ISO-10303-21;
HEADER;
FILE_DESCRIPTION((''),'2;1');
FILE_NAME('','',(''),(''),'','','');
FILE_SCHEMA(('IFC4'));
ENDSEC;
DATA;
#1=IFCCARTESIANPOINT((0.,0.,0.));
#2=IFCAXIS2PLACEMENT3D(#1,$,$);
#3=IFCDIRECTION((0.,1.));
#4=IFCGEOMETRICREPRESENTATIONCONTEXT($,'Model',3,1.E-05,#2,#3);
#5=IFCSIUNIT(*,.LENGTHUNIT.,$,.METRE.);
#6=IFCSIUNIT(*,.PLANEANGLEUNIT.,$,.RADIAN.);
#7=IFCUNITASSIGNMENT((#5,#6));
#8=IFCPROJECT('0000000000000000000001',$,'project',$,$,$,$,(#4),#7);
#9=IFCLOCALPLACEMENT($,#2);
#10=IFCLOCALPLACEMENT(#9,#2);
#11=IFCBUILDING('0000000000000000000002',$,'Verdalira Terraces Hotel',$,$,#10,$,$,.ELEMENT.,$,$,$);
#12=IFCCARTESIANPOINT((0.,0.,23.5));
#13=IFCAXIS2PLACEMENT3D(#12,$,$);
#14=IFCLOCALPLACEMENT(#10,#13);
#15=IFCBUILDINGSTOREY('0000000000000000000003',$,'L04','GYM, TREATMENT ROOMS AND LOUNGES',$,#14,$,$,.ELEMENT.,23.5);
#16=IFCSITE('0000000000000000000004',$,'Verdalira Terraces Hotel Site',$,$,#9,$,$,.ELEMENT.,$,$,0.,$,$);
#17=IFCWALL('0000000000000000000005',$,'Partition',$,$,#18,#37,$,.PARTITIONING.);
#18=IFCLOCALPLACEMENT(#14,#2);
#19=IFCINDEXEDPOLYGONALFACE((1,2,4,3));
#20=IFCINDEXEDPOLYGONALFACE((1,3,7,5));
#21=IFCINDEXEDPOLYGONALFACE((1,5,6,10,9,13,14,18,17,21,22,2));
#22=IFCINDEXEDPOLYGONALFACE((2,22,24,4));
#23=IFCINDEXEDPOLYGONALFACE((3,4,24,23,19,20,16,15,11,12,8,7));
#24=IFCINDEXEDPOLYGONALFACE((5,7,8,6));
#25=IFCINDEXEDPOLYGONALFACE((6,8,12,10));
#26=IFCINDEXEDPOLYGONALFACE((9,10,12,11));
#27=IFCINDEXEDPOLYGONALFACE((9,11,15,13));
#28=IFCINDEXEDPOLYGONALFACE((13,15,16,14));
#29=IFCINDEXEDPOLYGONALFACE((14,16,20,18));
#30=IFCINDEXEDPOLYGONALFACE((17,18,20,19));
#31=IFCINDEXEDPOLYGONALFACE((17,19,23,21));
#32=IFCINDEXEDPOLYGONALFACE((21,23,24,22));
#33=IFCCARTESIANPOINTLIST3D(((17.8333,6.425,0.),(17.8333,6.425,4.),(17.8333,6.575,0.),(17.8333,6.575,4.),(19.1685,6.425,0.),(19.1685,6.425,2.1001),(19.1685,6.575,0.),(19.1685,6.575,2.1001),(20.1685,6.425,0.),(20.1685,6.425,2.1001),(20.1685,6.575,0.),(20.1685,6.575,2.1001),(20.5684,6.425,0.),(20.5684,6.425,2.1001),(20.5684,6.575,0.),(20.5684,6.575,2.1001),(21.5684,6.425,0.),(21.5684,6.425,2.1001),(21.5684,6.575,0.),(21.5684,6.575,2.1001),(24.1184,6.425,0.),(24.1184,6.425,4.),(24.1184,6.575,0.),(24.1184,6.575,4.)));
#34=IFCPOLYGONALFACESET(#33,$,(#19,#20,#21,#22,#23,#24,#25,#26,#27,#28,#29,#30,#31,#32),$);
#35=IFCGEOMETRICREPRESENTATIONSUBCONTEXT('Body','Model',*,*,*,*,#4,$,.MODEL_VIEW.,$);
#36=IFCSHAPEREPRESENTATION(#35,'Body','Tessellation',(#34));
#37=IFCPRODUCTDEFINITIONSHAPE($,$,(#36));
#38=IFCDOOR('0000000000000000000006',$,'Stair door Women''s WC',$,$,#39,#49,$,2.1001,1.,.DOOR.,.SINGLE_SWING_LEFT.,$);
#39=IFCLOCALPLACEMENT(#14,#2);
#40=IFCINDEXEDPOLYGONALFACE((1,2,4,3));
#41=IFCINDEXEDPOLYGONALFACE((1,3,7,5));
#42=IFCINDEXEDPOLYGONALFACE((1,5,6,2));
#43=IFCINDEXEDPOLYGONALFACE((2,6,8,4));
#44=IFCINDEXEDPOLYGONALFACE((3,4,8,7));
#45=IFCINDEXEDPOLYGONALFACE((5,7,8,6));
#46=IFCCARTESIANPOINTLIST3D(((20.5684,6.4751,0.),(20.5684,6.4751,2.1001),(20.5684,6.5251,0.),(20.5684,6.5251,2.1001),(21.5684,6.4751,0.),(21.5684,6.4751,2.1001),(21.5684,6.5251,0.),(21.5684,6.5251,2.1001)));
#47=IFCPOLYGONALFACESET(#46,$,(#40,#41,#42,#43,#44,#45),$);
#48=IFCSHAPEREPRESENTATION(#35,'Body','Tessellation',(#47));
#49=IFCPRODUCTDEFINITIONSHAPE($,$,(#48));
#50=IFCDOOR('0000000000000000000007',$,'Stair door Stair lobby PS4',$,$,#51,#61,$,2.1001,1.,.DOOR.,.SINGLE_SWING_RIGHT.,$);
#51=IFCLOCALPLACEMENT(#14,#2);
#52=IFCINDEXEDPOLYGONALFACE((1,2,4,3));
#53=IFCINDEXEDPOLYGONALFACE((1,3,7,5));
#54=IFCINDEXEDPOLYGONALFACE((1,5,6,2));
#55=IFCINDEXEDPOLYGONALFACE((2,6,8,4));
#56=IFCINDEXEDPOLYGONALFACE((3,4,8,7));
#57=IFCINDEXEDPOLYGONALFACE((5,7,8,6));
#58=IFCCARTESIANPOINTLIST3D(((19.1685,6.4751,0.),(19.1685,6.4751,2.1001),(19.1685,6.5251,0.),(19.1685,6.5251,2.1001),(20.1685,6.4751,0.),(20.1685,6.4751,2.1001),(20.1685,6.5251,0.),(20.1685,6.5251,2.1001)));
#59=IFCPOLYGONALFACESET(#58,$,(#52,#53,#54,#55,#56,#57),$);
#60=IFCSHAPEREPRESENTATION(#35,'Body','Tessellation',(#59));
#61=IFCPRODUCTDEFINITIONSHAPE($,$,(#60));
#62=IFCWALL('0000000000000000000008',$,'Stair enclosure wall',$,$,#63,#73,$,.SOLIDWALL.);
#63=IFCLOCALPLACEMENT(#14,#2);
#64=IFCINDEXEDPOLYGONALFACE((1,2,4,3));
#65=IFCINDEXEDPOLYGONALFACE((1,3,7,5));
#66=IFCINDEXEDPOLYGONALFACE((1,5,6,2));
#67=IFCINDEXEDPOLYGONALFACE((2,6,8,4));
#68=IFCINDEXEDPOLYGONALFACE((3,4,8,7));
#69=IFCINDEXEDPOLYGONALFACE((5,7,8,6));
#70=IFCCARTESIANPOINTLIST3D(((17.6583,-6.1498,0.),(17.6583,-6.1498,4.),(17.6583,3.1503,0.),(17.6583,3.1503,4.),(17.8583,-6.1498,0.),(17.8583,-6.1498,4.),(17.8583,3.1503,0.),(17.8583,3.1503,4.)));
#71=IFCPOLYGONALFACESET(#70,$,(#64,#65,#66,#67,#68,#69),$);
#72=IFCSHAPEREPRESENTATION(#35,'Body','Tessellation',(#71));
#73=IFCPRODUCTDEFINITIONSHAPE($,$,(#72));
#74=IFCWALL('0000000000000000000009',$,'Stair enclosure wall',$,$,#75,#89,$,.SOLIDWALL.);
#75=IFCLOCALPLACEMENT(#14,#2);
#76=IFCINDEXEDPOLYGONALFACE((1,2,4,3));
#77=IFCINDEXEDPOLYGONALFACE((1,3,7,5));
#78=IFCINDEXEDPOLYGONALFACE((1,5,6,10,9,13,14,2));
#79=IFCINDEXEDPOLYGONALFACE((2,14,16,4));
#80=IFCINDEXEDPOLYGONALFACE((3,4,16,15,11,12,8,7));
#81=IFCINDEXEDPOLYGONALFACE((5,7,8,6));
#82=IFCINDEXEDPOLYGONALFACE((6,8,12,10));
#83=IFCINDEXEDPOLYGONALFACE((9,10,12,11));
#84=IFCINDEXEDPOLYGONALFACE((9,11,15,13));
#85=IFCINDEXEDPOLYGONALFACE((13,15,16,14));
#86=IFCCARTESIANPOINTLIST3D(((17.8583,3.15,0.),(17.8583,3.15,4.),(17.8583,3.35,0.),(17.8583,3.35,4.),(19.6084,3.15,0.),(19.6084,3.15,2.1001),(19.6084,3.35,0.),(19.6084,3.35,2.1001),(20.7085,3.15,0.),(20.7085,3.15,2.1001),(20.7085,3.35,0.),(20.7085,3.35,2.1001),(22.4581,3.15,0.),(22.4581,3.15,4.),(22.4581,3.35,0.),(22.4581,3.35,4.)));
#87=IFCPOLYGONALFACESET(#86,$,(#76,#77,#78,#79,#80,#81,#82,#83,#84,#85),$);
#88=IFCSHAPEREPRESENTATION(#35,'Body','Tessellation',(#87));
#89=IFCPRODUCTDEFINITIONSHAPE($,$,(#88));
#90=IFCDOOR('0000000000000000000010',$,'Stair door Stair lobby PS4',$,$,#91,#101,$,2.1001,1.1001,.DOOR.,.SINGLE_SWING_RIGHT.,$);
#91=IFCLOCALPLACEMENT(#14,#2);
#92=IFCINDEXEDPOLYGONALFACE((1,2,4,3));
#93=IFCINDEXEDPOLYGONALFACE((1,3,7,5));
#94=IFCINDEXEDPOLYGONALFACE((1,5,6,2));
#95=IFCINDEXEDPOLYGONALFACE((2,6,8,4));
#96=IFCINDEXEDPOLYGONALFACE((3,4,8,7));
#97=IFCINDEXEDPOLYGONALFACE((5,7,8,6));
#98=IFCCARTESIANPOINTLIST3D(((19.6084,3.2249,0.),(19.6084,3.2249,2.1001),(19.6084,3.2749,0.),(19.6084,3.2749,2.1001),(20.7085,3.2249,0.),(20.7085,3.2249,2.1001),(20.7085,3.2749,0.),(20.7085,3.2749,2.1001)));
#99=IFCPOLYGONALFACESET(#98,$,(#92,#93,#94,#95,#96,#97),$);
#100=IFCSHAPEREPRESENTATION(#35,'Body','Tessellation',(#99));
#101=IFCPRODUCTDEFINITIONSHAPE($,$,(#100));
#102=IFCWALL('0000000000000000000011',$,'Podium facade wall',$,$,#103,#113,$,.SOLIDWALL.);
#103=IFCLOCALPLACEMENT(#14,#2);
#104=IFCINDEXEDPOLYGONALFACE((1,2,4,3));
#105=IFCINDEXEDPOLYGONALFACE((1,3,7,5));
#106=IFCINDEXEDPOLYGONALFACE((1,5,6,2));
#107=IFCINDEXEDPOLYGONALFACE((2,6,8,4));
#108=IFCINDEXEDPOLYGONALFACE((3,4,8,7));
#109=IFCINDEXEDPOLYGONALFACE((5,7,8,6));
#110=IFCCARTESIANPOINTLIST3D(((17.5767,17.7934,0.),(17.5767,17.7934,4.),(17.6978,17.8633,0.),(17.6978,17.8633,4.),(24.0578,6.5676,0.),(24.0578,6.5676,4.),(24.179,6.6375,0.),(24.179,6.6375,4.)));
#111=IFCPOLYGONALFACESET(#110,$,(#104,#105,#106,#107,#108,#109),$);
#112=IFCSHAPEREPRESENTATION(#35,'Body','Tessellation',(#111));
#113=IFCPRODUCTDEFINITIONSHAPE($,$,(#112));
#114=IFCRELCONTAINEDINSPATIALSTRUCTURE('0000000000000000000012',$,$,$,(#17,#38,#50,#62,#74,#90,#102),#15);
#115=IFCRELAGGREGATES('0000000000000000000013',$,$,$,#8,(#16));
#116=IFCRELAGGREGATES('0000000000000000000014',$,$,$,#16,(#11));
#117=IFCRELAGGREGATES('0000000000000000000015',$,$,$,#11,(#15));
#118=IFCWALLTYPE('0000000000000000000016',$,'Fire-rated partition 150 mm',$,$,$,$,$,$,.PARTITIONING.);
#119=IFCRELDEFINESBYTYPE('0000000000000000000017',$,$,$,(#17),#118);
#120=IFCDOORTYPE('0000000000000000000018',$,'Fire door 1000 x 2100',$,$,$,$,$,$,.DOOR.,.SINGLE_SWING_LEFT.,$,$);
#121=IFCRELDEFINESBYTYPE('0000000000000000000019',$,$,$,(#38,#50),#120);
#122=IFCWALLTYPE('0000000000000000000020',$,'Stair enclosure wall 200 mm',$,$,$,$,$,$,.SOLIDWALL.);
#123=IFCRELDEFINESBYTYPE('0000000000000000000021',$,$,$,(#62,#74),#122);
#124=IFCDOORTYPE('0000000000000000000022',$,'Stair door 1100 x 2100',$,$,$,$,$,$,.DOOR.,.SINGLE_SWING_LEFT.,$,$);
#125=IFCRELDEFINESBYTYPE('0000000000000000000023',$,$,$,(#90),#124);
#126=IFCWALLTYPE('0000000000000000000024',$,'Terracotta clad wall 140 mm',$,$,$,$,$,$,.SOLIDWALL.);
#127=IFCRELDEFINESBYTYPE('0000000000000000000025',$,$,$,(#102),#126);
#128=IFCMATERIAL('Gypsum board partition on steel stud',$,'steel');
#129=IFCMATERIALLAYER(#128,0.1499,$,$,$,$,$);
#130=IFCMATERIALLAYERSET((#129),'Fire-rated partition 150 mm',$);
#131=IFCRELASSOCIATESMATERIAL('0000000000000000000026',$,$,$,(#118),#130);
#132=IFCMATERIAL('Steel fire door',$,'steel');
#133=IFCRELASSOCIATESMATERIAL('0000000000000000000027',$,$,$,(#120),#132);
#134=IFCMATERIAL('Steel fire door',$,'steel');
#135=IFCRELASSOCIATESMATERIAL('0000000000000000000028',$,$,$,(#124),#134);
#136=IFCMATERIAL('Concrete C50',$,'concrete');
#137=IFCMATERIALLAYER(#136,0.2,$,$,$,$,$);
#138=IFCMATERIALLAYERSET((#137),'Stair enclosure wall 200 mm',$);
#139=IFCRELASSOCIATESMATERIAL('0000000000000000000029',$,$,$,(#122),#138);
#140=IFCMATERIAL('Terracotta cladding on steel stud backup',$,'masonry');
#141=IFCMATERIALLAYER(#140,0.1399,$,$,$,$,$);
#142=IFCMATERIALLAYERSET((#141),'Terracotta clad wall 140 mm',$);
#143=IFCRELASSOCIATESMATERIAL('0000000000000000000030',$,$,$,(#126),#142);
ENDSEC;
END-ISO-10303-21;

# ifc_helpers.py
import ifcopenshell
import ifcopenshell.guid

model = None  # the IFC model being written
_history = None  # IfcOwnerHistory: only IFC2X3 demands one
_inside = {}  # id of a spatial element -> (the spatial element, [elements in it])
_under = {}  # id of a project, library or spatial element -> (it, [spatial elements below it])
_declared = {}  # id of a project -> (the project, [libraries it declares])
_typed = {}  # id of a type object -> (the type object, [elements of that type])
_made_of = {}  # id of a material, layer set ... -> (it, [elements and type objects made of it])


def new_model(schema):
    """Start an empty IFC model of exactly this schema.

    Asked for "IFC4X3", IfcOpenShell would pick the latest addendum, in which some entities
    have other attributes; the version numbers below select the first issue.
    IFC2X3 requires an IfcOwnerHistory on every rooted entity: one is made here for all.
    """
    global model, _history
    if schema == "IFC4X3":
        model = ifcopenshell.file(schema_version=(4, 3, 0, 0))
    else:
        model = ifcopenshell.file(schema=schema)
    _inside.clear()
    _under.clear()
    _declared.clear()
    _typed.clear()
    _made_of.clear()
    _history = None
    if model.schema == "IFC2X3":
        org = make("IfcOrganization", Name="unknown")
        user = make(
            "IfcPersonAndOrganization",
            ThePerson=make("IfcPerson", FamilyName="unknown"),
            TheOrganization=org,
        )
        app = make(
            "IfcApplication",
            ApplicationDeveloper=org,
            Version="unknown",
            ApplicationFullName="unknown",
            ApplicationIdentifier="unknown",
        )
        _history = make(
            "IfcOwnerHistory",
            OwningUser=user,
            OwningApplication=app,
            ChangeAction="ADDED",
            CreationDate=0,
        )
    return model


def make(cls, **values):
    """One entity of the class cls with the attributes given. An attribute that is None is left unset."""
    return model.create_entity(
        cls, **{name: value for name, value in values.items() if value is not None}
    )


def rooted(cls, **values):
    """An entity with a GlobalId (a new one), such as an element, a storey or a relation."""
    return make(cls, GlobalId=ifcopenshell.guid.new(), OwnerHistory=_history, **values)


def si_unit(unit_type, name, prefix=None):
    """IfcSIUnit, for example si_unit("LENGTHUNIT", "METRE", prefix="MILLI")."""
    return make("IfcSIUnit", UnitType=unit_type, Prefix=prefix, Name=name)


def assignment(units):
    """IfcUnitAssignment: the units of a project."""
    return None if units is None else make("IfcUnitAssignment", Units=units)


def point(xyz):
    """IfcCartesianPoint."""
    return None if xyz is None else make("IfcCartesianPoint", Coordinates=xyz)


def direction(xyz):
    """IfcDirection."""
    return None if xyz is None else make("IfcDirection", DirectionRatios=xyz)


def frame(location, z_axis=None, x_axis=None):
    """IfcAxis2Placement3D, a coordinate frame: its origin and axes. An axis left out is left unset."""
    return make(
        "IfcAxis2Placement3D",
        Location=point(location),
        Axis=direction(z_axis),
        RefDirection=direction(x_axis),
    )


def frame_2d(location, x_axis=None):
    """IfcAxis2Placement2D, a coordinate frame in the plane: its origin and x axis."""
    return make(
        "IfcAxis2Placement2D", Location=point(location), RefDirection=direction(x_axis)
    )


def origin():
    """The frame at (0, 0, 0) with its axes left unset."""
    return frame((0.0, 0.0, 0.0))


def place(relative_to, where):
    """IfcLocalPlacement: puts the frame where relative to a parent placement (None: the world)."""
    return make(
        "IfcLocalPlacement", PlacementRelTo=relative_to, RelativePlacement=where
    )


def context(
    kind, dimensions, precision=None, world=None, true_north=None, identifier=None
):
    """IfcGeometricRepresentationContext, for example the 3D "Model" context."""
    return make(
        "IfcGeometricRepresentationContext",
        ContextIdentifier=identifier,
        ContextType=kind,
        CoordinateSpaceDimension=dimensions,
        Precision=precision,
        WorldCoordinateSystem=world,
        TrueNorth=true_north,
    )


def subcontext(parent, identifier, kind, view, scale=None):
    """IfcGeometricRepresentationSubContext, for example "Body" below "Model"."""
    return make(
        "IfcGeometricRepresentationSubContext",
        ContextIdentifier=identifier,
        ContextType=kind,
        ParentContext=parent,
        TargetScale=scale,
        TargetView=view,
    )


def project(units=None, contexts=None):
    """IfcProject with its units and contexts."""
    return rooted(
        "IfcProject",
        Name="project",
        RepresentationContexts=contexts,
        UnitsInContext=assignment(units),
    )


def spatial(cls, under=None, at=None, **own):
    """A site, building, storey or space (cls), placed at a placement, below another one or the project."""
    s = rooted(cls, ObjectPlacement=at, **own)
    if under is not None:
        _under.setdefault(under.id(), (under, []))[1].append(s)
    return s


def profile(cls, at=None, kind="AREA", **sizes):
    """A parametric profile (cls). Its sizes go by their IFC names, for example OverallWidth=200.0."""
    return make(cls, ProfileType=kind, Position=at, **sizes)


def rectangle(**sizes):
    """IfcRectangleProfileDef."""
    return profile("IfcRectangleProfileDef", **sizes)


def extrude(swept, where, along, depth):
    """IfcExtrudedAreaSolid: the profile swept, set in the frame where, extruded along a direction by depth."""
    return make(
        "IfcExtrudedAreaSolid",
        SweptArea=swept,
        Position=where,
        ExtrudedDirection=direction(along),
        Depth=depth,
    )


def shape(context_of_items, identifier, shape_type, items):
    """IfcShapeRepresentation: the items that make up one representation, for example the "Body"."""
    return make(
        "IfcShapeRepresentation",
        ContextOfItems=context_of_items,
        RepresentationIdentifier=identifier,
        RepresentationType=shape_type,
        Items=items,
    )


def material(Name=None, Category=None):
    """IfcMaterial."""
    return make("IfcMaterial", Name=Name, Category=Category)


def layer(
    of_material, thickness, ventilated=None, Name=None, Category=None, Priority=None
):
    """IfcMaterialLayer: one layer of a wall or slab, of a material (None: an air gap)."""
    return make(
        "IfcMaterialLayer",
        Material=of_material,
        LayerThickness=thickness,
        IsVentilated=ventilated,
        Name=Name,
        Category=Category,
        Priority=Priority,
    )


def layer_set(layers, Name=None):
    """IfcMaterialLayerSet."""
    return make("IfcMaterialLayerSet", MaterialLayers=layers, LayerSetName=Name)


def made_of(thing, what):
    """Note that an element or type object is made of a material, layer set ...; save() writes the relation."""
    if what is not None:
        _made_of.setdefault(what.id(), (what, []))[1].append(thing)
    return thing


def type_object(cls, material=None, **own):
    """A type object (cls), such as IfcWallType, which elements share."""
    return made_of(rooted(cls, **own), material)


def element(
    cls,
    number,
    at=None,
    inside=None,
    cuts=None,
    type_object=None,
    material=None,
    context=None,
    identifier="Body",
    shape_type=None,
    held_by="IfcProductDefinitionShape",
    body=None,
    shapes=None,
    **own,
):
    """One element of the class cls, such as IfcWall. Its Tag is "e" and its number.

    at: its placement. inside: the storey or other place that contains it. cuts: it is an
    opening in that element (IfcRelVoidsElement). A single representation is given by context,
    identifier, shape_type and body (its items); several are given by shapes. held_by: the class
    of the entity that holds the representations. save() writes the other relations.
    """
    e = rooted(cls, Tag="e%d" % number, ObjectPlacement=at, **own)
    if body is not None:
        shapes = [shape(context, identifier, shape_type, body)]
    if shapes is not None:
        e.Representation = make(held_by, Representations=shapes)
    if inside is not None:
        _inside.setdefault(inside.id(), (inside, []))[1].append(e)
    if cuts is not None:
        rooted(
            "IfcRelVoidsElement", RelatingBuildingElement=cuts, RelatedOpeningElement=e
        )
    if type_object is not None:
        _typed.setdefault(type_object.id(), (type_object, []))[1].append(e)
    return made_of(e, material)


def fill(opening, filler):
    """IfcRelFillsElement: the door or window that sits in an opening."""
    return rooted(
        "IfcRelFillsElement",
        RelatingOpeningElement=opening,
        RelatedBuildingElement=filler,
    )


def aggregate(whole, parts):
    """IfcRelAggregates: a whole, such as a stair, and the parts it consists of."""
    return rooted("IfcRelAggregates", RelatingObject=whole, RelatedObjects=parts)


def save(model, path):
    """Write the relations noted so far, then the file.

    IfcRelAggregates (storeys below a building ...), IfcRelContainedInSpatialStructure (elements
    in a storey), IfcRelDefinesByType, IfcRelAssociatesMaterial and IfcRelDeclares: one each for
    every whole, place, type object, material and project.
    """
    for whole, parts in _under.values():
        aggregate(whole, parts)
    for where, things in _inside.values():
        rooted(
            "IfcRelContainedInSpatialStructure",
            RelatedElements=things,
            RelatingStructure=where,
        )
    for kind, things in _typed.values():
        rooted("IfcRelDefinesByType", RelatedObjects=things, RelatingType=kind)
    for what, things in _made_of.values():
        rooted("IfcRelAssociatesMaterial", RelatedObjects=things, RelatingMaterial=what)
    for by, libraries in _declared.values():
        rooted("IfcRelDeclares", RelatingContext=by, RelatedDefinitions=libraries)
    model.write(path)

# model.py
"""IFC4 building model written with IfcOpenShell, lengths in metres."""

from ifc_helpers import new_model, si_unit, direction, frame, frame_2d, origin, place, context, subcontext, project, spatial, rectangle, extrude, material, layer, layer_set, type_object, element, fill, save


model = new_model("IFC4")

# Units and contexts
model_context = context("Model", 3, precision=1e-05, world=origin(), true_north=direction((0.0, 1.0)))
body_context = subcontext(model_context, "Body", "Model", "MODEL_VIEW")
ifc_project = project(units=[si_unit("LENGTHUNIT", "METRE"), si_unit("PLANEANGLEUNIT", "RADIAN")], contexts=[model_context])

# Site, building, storey
site_placement = place(None, origin())
site = spatial("IfcSite", under=ifc_project, at=site_placement, Name="Verdalira Terraces Hotel Site", CompositionType="ELEMENT", RefElevation=0.0)
building_placement = place(site_placement, origin())
building = spatial("IfcBuilding", under=site, at=building_placement, Name="Verdalira Terraces Hotel", CompositionType="ELEMENT")
storey_placement = place(building_placement, frame((0.0, 0.0, 23.5)))
storey = spatial("IfcBuildingStorey", under=building, at=storey_placement, Name="L04", Description="GYM, TREATMENT ROOMS AND LOUNGES", CompositionType="ELEMENT", Elevation=23.5)

# Shared definitions
ifc_material_1 = material(Name="Gypsum board partition on steel stud", Category="steel")
ifc_layer_1 = layer(ifc_material_1, 0.1499)
ifc_layer_set_1 = layer_set([ifc_layer_1], Name="Fire-rated partition 150 mm")
wall_type_1 = type_object("IfcWallType", Name="Fire-rated partition 150 mm", PredefinedType="PARTITIONING", material=ifc_layer_set_1)
ifc_material_2 = material(Name="Steel fire door", Category="steel")
door_type_1 = type_object("IfcDoorType", Name="Fire door 1000 x 2100", OperationType="SINGLE_SWING_LEFT", PredefinedType="DOOR", material=ifc_material_2)

# Shared definitions
ifc_material_3 = material(Name="Steel fire door", Category="steel")
door_type_2 = type_object("IfcDoorType", Name="Stair door 1100 x 2100", OperationType="SINGLE_SWING_LEFT", PredefinedType="DOOR", material=ifc_material_3)

# Wall, openings, doors
wall_1_placement = place(storey_placement, frame((24.1184, 6.5, 0.0), z_axis=(0.0, 0.0, 1.0), x_axis=(-1.0, 0.0, 0.0)))
wall_1 = element("IfcWall", 1, at=wall_1_placement, inside=storey, type_object=wall_type_1, Name="Partition", PredefinedType="PARTITIONING", context=body_context, shape_type="SweptSolid", body=[
    extrude(rectangle(XDim=6.2852, YDim=0.1499, at=frame_2d((3.1426, 0.0))), origin(), (0.0, 0.0, 1.0), 4.0),
])
opening_1_placement = place(wall_1_placement, frame((2.55, 0.0, 0.0)))
opening_1 = element("IfcOpeningElement", 2, at=opening_1_placement, cuts=wall_1, PredefinedType="OPENING", context=body_context, shape_type="SweptSolid", body=[
    extrude(rectangle(XDim=1.0, YDim=2.1001, at=frame_2d((0.5, 1.05))), frame((0.0, 0.085, 0.0), z_axis=(0.0, -1.0, 0.0), x_axis=(1.0, 0.0, 0.0)), (0.0, 0.0, 1.0), 0.1699),
])
opening_2_placement = place(wall_1_placement, frame((3.95, 0.0, 0.0)))
opening_2 = element("IfcOpeningElement", 3, at=opening_2_placement, cuts=wall_1, PredefinedType="OPENING", context=body_context, shape_type="SweptSolid", body=[
    extrude(rectangle(XDim=1.0, YDim=2.1001, at=frame_2d((0.5, 1.05))), frame((0.0, 0.085, 0.0), z_axis=(0.0, -1.0, 0.0), x_axis=(1.0, 0.0, 0.0)), (0.0, 0.0, 1.0), 0.1699),
])
door_1_placement = place(opening_1_placement, origin())
door_1 = element("IfcDoor", 4, at=door_1_placement, inside=storey, type_object=door_type_1, Name="Stair door Women's WC", OperationType="SINGLE_SWING_LEFT", OverallHeight=2.1001, OverallWidth=1.0, PredefinedType="DOOR", context=body_context, shape_type="SweptSolid", body=[
    extrude(rectangle(XDim=1.0, YDim=2.1001, at=frame_2d((0.5, 1.05))), frame((0.0, 0.0249, 0.0), z_axis=(0.0, -1.0, 0.0), x_axis=(1.0, 0.0, 0.0)), (0.0, 0.0, 1.0), 0.05),
])
fill(opening_1, door_1)
door_2_placement = place(opening_2_placement, origin())
door_2 = element("IfcDoor", 5, at=door_2_placement, inside=storey, type_object=door_type_1, Name="Stair door Stair lobby PS4", OperationType="SINGLE_SWING_RIGHT", OverallHeight=2.1001, OverallWidth=1.0, PredefinedType="DOOR", context=body_context, shape_type="SweptSolid", body=[
    extrude(rectangle(XDim=1.0, YDim=2.1001, at=frame_2d((0.5, 1.05))), frame((0.0, 0.0249, 0.0), z_axis=(0.0, -1.0, 0.0), x_axis=(1.0, 0.0, 0.0)), (0.0, 0.0, 1.0), 0.05),
])
fill(opening_2, door_2)

# Wall
ifc_material_4 = material(Name="Concrete C50", Category="concrete")
ifc_layer_2 = layer(ifc_material_4, 0.2)
ifc_layer_set_2 = layer_set([ifc_layer_2], Name="Stair enclosure wall 200 mm")
wall_type_2 = type_object("IfcWallType", Name="Stair enclosure wall 200 mm", PredefinedType="SOLIDWALL", material=ifc_layer_set_2)
wall_2_placement = place(storey_placement, frame((17.7583, 3.1501, 0.0), z_axis=(0.0, 0.0, 1.0), x_axis=(0.0, -1.0, 0.0)))
element("IfcWall", 6, at=wall_2_placement, inside=storey, type_object=wall_type_2, Name="Stair enclosure wall", PredefinedType="SOLIDWALL", context=body_context, shape_type="SweptSolid", body=[
    extrude(rectangle(XDim=9.3, YDim=0.2, at=frame_2d((4.6499, 0.0))), origin(), (0.0, 0.0, 1.0), 4.0),
])

# Wall, opening, door
wall_3_placement = place(storey_placement, frame((17.8584, 3.25, 0.0), z_axis=(0.0, 0.0, 1.0), x_axis=(1.0, 0.0, 0.0)))
wall_3 = element("IfcWall", 7, at=wall_3_placement, inside=storey, type_object=wall_type_2, Name="Stair enclosure wall", PredefinedType="SOLIDWALL", context=body_context, shape_type="SweptSolid", body=[
    extrude(rectangle(XDim=4.5999, YDim=0.2, at=frame_2d((2.2998, 0.0))), origin(), (0.0, 0.0, 1.0), 4.0),
])
opening_3_placement = place(wall_3_placement, frame((1.75, 0.0, 0.0)))
opening_3 = element("IfcOpeningElement", 8, at=opening_3_placement, cuts=wall_3, PredefinedType="OPENING", context=body_context, shape_type="SweptSolid", body=[
    extrude(rectangle(XDim=1.1001, YDim=2.1001, at=frame_2d((0.55, 1.05))), frame((0.0, 0.1099, 0.0), z_axis=(0.0, -1.0, 0.0), x_axis=(1.0, 0.0, 0.0)), (0.0, 0.0, 1.0), 0.22),
])
door_3_placement = place(opening_3_placement, origin())
door_3 = element("IfcDoor", 9, at=door_3_placement, inside=storey, type_object=door_type_2, Name="Stair door Stair lobby PS4", OperationType="SINGLE_SWING_RIGHT", OverallHeight=2.1001, OverallWidth=1.1001, PredefinedType="DOOR", context=body_context, shape_type="SweptSolid", body=[
    extrude(rectangle(XDim=1.1001, YDim=2.1001, at=frame_2d((0.55, 1.05))), frame((0.0, 0.0249, 0.0), z_axis=(0.0, -1.0, 0.0), x_axis=(1.0, 0.0, 0.0)), (0.0, 0.0, 1.0), 0.05),
])
fill(opening_3, door_3)

# Wall
ifc_material_5 = material(Name="Terracotta cladding on steel stud backup", Category="masonry")
ifc_layer_3 = layer(ifc_material_5, 0.1399)
ifc_layer_set_3 = layer_set([ifc_layer_3], Name="Terracotta clad wall 140 mm")
wall_type_3 = type_object("IfcWallType", Name="Terracotta clad wall 140 mm", PredefinedType="SOLIDWALL", material=ifc_layer_set_3)
wall_4_placement = place(storey_placement, frame((24.1184, 6.6025, 0.0), z_axis=(0.0, 0.0, 1.0), x_axis=(-0.499998, 0.866027, 0.0)))
element("IfcWall", 10, at=wall_4_placement, inside=storey, type_object=wall_type_3, Name="Podium facade wall", PredefinedType="SOLIDWALL", context=body_context, shape_type="SweptSolid", body=[
    extrude(rectangle(XDim=12.9624, YDim=0.1399, at=frame_2d((6.4812, 0.0))), origin(), (0.0, 0.0, 1.0), 4.0),
])

save(model, "model.ifc")
